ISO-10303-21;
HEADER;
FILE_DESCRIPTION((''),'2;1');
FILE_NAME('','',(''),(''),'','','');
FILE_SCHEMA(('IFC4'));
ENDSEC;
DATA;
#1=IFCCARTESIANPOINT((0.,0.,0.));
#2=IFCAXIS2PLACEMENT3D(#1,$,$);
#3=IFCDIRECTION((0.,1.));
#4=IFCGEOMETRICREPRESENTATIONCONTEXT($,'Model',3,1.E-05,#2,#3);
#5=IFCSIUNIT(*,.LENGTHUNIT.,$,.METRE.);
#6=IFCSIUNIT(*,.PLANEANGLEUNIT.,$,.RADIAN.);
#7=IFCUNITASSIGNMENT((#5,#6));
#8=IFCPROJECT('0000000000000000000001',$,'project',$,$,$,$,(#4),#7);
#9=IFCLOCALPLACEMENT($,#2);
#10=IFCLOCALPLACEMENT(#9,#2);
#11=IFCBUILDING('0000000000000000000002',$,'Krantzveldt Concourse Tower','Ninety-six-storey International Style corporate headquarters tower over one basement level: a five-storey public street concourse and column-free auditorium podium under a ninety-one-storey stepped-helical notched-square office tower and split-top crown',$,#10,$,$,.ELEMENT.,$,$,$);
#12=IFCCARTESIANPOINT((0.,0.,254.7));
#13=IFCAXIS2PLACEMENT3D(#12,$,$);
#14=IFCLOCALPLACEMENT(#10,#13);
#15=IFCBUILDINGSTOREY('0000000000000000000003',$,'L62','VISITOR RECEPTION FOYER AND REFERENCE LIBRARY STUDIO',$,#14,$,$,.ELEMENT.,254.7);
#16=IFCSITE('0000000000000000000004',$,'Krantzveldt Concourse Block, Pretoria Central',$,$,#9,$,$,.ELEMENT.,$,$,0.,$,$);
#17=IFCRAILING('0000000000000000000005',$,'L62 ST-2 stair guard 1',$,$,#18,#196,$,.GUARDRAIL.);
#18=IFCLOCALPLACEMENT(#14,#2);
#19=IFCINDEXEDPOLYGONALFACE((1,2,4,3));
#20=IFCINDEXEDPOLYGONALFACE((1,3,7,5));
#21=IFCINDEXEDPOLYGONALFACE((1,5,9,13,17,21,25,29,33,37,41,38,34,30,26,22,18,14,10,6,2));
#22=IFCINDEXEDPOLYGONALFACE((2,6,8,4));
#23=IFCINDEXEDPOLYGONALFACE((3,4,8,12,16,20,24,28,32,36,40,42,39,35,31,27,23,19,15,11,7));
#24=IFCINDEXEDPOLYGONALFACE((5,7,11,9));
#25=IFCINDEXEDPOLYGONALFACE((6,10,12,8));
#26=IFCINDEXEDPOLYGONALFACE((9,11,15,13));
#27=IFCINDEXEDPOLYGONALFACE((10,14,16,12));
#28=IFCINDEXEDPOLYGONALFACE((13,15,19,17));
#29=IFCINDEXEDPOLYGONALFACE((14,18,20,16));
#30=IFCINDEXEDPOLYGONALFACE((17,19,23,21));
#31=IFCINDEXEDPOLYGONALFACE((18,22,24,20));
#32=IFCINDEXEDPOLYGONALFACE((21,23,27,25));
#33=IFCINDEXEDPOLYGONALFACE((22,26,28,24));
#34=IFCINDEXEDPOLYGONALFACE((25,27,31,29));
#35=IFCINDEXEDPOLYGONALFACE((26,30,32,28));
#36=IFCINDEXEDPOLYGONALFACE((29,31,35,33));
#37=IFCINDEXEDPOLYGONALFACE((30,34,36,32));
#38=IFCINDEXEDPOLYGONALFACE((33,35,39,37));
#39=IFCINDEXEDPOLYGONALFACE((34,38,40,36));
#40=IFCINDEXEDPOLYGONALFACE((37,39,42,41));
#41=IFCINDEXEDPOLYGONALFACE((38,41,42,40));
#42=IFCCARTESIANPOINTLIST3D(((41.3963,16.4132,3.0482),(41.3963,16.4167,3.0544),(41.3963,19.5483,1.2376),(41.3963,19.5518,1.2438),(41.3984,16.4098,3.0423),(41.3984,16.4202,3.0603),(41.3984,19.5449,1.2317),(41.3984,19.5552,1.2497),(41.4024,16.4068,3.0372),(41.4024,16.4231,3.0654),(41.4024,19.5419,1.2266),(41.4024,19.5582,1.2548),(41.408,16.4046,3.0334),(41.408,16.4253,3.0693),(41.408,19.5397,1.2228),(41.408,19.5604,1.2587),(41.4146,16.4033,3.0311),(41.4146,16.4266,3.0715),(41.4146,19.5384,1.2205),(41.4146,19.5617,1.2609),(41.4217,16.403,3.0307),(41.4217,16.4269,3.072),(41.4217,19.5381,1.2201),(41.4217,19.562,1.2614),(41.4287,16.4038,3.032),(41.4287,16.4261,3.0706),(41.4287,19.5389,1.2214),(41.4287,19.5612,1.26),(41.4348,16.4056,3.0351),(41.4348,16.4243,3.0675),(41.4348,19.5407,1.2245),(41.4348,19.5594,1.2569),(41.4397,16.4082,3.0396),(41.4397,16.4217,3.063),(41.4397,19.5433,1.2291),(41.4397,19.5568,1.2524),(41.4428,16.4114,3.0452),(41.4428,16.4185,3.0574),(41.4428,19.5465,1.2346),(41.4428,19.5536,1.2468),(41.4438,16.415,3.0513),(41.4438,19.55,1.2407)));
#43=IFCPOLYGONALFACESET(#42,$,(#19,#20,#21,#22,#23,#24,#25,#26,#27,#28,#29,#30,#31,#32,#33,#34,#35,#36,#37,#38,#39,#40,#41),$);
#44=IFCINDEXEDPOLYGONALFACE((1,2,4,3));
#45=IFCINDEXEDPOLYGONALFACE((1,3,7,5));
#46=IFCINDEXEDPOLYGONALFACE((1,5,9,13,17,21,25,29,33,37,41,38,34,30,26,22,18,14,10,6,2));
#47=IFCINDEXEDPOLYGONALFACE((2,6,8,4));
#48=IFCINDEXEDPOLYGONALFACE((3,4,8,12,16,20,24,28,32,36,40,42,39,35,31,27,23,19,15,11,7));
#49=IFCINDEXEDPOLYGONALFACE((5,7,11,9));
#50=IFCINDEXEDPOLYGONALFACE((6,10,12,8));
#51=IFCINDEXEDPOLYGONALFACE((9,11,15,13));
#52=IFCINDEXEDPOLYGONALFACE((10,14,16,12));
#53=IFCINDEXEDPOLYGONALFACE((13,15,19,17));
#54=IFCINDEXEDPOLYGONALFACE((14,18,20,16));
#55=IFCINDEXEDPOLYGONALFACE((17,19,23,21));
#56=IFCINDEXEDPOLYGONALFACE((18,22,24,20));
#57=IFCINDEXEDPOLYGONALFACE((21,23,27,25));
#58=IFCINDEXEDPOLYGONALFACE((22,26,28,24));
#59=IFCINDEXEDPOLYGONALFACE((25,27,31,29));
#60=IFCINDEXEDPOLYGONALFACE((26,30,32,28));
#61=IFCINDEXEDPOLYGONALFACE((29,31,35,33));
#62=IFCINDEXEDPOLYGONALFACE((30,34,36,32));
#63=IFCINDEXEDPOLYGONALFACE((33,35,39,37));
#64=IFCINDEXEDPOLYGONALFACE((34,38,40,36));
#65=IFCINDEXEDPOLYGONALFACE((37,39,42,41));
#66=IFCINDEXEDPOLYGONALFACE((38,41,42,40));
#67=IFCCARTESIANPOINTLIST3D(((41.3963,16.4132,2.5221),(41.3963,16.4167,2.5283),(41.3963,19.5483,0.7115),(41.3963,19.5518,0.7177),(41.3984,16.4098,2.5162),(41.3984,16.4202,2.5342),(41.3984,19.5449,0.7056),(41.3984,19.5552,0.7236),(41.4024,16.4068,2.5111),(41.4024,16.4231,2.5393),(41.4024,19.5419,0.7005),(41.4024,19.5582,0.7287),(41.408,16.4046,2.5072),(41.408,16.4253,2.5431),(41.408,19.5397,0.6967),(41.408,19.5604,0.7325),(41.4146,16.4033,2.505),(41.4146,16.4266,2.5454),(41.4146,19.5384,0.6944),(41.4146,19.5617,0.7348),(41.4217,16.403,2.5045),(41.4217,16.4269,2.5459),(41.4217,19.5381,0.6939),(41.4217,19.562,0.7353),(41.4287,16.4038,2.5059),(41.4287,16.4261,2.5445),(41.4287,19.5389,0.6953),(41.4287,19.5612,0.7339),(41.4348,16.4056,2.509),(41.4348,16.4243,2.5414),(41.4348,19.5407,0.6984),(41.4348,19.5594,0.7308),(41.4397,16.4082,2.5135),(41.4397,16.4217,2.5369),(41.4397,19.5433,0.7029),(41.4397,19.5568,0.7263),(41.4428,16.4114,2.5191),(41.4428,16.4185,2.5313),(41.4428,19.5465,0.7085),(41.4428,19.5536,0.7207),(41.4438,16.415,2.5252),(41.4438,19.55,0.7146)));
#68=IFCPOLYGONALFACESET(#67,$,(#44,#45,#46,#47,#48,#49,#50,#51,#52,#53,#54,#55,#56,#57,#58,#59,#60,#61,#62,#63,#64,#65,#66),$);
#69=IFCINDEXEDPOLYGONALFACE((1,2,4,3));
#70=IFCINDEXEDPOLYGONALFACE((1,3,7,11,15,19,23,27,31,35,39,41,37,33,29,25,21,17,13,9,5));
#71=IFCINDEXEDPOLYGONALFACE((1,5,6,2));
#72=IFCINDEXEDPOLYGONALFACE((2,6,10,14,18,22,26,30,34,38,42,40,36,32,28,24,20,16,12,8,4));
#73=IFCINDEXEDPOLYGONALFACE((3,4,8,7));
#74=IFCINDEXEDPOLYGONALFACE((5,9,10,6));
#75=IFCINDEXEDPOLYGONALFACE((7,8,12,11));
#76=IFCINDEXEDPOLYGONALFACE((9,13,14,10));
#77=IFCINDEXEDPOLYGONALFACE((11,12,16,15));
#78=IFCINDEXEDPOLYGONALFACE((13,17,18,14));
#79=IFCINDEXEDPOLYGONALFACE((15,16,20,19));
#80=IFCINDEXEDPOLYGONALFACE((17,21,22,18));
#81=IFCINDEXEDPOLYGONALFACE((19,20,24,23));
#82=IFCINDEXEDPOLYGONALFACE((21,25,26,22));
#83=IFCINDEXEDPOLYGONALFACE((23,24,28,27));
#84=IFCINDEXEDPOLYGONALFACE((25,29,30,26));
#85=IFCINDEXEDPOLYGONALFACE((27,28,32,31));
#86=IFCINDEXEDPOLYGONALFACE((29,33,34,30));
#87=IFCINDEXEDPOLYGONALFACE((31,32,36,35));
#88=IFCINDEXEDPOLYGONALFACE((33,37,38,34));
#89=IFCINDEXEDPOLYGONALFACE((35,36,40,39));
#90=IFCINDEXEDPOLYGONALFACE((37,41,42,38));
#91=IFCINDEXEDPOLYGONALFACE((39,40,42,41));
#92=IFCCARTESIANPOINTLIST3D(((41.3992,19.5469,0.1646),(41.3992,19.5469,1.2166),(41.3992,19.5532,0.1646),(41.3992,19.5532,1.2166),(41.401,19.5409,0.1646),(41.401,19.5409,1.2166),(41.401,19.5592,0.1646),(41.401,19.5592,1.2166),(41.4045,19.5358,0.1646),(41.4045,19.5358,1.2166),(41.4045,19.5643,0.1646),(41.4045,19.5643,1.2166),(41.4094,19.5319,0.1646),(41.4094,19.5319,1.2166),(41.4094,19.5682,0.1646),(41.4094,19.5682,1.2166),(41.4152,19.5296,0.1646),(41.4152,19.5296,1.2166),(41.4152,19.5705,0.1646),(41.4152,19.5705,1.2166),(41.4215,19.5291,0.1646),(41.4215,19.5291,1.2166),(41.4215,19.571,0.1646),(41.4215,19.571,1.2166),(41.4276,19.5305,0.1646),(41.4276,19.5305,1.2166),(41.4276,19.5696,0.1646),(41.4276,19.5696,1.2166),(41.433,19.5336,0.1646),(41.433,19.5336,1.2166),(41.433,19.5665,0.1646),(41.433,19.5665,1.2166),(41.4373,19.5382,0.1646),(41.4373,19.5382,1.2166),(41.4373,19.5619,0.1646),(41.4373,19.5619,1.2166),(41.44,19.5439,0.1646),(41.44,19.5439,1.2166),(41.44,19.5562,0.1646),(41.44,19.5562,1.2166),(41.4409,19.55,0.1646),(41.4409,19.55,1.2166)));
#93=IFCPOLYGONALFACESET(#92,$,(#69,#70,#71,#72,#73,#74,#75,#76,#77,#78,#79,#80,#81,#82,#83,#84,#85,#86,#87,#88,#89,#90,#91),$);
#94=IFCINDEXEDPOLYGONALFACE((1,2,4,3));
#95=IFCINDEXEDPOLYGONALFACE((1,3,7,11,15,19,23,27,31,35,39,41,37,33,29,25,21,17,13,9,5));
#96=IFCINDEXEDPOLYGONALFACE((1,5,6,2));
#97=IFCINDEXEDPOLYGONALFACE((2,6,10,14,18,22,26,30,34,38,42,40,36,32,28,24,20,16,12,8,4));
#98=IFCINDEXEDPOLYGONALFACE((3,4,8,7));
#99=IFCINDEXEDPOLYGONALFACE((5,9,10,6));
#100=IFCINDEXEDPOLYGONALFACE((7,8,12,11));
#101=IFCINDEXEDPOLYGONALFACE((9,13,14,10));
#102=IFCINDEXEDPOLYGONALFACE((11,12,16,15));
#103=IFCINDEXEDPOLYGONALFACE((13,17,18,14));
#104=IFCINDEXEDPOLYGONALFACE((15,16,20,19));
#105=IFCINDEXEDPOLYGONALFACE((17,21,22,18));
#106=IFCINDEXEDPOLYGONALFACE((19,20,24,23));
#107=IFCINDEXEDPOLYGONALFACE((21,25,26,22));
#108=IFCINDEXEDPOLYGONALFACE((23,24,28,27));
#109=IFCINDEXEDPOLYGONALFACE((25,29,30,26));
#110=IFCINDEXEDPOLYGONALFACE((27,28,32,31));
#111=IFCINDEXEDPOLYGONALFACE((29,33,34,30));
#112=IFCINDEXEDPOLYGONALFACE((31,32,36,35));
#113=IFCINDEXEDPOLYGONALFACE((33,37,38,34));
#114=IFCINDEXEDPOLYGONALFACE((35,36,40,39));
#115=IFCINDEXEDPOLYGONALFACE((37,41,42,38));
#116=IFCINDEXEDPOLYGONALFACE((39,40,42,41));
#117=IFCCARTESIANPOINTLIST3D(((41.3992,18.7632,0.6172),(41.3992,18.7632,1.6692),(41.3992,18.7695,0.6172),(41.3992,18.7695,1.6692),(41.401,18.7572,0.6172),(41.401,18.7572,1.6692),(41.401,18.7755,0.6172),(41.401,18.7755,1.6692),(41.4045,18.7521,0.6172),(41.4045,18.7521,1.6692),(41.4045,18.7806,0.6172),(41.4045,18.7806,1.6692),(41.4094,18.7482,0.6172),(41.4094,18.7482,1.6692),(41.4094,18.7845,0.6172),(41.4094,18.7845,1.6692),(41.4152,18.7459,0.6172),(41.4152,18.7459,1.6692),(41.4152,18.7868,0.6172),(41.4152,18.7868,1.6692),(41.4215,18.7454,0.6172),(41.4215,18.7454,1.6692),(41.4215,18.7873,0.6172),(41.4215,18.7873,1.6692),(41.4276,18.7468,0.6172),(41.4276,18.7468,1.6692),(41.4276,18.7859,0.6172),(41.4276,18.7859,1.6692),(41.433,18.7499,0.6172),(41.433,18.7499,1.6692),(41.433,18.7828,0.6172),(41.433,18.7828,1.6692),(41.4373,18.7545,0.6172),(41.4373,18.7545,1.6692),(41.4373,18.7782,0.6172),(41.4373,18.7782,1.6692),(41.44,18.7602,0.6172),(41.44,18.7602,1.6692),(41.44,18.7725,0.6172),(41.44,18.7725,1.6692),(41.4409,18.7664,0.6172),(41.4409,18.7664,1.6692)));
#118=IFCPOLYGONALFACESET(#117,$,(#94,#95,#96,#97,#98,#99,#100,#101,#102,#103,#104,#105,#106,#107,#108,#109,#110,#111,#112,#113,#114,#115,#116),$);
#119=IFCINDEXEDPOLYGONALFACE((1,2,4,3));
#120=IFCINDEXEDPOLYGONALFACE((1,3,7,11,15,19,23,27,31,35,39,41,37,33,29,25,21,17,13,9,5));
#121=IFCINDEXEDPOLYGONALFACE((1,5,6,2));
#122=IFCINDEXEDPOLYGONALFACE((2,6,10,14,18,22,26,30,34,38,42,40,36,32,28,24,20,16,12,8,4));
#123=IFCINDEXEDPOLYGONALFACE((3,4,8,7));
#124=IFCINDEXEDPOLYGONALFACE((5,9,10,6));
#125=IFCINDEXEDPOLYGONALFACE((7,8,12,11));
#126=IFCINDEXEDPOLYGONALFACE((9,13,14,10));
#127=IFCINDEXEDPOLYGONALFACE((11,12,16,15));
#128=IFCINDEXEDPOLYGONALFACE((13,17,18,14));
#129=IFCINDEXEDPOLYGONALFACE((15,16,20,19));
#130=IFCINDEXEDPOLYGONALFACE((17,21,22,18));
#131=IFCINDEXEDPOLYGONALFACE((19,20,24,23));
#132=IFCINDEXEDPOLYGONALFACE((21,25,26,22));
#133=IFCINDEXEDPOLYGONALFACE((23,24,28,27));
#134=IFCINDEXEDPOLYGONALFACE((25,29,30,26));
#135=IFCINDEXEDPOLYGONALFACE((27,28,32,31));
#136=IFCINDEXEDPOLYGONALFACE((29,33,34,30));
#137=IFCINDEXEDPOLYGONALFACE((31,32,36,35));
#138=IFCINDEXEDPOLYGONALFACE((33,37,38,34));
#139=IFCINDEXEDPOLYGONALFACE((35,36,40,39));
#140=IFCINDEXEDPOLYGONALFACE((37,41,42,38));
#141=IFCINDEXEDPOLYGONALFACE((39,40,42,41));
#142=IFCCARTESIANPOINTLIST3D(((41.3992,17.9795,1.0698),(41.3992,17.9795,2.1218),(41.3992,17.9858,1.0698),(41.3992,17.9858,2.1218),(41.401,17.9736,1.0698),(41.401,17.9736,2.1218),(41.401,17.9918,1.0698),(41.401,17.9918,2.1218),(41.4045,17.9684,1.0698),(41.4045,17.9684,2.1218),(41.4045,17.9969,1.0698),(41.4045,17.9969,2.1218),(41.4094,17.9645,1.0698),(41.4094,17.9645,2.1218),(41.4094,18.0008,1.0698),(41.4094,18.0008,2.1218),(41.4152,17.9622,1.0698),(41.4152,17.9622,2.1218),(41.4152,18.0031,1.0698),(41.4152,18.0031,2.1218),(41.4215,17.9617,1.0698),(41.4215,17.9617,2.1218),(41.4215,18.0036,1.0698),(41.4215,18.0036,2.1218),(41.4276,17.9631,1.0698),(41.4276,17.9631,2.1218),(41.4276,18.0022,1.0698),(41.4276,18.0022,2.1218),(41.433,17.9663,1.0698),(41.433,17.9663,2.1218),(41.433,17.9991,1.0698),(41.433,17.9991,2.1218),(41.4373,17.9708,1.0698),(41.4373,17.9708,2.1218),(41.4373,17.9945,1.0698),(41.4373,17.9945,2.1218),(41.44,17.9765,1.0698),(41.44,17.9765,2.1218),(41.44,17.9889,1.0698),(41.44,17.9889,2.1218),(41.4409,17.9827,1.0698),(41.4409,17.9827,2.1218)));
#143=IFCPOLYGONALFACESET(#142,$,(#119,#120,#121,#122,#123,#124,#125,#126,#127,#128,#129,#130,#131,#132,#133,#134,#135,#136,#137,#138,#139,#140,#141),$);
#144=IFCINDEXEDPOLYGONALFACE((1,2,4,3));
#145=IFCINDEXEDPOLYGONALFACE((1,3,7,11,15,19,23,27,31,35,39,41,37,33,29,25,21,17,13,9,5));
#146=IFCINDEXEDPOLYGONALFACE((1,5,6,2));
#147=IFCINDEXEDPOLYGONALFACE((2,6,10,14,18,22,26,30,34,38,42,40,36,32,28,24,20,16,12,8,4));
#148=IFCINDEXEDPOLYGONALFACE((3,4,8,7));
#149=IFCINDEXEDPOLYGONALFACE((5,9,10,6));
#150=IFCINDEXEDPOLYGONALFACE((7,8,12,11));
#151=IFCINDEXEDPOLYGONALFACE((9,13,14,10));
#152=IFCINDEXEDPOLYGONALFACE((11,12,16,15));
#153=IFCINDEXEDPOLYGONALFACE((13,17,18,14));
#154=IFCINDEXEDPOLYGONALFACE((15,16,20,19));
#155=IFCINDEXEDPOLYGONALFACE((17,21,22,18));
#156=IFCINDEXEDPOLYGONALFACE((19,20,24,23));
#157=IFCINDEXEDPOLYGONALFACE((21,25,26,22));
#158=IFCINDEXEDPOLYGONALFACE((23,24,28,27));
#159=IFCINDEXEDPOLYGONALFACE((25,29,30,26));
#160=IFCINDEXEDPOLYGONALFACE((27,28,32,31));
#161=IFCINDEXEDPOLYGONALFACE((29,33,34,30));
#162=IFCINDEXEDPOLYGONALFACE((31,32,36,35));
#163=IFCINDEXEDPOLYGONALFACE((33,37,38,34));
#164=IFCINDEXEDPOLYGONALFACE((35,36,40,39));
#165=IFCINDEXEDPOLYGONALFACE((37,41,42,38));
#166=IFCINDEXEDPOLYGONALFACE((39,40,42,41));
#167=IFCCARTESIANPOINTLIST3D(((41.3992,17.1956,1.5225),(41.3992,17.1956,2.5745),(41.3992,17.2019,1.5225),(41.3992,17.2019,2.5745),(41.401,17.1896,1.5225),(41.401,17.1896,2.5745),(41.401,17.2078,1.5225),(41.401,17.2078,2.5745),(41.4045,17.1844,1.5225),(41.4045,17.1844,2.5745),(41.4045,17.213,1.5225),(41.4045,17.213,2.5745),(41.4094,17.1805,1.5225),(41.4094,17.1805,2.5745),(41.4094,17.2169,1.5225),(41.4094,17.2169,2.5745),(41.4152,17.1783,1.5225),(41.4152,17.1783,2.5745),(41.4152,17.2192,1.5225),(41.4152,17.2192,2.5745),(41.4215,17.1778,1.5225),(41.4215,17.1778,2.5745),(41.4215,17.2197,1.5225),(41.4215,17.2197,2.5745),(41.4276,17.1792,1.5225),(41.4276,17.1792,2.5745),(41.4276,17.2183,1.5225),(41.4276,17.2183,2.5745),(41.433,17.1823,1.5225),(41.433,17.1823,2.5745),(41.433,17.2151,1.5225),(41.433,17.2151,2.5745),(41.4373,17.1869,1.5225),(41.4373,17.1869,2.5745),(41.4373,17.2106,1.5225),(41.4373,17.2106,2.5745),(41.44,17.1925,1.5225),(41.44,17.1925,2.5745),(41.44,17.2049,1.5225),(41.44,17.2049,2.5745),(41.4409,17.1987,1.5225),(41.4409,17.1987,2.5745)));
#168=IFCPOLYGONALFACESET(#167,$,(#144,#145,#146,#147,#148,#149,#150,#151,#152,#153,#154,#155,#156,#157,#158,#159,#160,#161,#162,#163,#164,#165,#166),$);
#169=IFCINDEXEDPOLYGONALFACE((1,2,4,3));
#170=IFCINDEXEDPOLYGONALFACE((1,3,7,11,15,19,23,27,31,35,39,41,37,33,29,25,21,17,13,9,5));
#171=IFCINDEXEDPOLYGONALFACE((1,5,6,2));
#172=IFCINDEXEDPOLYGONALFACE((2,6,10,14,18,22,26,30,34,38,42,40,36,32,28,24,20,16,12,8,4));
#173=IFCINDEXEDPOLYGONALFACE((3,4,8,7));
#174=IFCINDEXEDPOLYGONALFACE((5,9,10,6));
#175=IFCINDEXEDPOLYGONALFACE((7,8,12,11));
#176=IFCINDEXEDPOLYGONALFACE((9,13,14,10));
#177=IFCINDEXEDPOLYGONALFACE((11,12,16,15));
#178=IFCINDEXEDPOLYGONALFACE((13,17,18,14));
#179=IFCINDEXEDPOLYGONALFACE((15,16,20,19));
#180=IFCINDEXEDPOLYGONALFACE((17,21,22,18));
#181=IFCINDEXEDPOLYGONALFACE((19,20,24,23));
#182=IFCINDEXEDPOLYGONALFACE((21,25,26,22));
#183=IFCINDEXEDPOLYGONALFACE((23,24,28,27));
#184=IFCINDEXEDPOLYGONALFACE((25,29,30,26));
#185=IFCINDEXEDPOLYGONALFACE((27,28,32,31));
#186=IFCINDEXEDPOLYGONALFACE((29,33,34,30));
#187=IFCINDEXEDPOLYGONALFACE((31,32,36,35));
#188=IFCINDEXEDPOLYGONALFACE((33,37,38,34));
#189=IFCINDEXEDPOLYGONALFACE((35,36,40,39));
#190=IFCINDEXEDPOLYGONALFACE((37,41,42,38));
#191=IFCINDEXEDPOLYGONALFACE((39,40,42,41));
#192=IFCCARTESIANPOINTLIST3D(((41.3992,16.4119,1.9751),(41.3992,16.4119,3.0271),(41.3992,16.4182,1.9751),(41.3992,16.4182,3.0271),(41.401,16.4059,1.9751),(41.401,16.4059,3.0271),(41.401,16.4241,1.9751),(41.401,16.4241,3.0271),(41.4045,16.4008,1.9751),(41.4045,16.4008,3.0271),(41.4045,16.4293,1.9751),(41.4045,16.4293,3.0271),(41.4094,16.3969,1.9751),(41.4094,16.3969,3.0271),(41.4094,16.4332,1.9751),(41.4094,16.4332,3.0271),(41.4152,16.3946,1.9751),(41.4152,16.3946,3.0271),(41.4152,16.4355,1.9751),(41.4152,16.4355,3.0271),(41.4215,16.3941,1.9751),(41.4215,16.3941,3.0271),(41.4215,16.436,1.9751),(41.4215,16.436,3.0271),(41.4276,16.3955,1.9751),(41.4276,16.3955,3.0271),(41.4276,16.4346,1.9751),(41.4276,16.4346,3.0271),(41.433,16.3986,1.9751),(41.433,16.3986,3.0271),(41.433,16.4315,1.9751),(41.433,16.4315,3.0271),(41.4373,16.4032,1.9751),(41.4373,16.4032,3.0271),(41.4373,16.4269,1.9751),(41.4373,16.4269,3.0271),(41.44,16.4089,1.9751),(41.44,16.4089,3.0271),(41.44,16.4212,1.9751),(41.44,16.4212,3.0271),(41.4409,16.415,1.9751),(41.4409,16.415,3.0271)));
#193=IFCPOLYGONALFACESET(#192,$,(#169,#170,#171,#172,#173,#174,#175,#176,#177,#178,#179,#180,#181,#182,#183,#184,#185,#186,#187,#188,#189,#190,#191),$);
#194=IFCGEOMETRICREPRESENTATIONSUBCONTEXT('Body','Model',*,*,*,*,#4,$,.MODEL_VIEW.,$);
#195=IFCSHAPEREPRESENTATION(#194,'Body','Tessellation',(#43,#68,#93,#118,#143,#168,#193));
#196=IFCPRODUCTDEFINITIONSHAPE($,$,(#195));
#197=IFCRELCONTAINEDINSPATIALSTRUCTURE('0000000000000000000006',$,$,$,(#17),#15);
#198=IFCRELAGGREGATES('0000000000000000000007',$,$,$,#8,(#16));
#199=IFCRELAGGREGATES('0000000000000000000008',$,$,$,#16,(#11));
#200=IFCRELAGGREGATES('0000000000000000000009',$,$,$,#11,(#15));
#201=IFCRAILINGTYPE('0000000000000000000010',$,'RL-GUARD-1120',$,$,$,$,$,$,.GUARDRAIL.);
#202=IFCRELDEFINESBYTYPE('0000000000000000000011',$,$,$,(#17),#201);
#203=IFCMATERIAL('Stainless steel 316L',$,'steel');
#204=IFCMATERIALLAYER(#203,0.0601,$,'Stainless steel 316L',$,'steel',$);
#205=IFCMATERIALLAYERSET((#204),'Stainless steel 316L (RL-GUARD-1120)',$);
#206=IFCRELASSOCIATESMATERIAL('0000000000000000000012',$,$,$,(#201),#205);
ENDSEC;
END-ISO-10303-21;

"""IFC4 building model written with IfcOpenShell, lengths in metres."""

from ifc_helpers import new_model, si_unit, direction, frame, origin, origin_2d, place, context, subcontext, project, spatial, circle, extrude, material, layer, layer_set, type_object, element, save


model = new_model("IFC4")

# Units and contexts
model_context = context("Model", 3, precision=1e-05, world=origin(), true_north=direction((0.0, 1.0)))
body_context = subcontext(model_context, "Body", "Model", "MODEL_VIEW")
ifc_project = project(units=[si_unit("LENGTHUNIT", "METRE"), si_unit("PLANEANGLEUNIT", "RADIAN")], contexts=[model_context])

# Site, building, storey
site_placement = place(None, origin())
site = spatial("IfcSite", under=ifc_project, at=site_placement, Name="Krantzveldt Concourse Block, Pretoria Central", CompositionType="ELEMENT", RefElevation=0.0)
building_placement = place(site_placement, origin())
building = spatial("IfcBuilding", under=site, at=building_placement, Name="Krantzveldt Concourse Tower", Description="Ninety-six-storey International Style corporate headquarters tower over one basement level: a five-storey public street concourse and column-free auditorium podium under a ninety-one-storey stepped-helical notched-square office tower and split-top crown", CompositionType="ELEMENT")
storey_placement = place(building_placement, frame((0.0, 0.0, 254.7)))
storey = spatial("IfcBuildingStorey", under=building, at=storey_placement, Name="L62", Description="VISITOR RECEPTION FOYER AND REFERENCE LIBRARY STUDIO", CompositionType="ELEMENT", Elevation=254.7)

# Shared definitions
ifc_material_1 = material(Name="Stainless steel 316L", Category="steel")

# Railing
ifc_layer_1 = layer(ifc_material_1, 0.0601, Name="Stainless steel 316L", Category="steel")
ifc_layer_set_1 = layer_set([ifc_layer_1], Name="Stainless steel 316L (RL-GUARD-1120)")
railing_type_1 = type_object("IfcRailingType", Name="RL-GUARD-1120", PredefinedType="GUARDRAIL", material=ifc_layer_set_1)
railing_1_placement = place(storey_placement, frame((41.4199, 19.55, 0.1646)))
element("IfcRailing", 1, at=railing_1_placement, inside=storey, type_object=railing_type_1, Name="L62 ST-2 stair guard 1", PredefinedType="GUARDRAIL", context=body_context, shape_type="SweptSolid", body=[
    extrude(circle(Radius=0.0239, at=origin_2d()), frame((0.0, 0.0, 1.0762), z_axis=(0.0, -0.86596, 0.500114), x_axis=(1.0, 0.0, 0.0)), (0.0, 0.0, 1.0), 3.6204),
    extrude(circle(Radius=0.0239, at=origin_2d()), frame((0.0, 0.0, 0.55), z_axis=(0.0, -0.86596, 0.500114), x_axis=(1.0, 0.0, 0.0)), (0.0, 0.0, 1.0), 3.6204),
    extrude(circle(Radius=0.021, at=origin_2d()), origin(), (0.0, 0.0, 1.0), 1.052),
    extrude(circle(Radius=0.021, at=origin_2d()), frame((0.0, -0.7837, 0.4526)), (0.0, 0.0, 1.0), 1.052),
    extrude(circle(Radius=0.021, at=origin_2d()), frame((0.0, -1.5674, 0.9053)), (0.0, 0.0, 1.0), 1.052),
    extrude(circle(Radius=0.021, at=origin_2d()), frame((0.0, -2.3513, 1.3579)), (0.0, 0.0, 1.0), 1.052),
    extrude(circle(Radius=0.021, at=origin_2d()), frame((0.0, -3.135, 1.8105)), (0.0, 0.0, 1.0), 1.052),
])

save(model, "model.ifc")
